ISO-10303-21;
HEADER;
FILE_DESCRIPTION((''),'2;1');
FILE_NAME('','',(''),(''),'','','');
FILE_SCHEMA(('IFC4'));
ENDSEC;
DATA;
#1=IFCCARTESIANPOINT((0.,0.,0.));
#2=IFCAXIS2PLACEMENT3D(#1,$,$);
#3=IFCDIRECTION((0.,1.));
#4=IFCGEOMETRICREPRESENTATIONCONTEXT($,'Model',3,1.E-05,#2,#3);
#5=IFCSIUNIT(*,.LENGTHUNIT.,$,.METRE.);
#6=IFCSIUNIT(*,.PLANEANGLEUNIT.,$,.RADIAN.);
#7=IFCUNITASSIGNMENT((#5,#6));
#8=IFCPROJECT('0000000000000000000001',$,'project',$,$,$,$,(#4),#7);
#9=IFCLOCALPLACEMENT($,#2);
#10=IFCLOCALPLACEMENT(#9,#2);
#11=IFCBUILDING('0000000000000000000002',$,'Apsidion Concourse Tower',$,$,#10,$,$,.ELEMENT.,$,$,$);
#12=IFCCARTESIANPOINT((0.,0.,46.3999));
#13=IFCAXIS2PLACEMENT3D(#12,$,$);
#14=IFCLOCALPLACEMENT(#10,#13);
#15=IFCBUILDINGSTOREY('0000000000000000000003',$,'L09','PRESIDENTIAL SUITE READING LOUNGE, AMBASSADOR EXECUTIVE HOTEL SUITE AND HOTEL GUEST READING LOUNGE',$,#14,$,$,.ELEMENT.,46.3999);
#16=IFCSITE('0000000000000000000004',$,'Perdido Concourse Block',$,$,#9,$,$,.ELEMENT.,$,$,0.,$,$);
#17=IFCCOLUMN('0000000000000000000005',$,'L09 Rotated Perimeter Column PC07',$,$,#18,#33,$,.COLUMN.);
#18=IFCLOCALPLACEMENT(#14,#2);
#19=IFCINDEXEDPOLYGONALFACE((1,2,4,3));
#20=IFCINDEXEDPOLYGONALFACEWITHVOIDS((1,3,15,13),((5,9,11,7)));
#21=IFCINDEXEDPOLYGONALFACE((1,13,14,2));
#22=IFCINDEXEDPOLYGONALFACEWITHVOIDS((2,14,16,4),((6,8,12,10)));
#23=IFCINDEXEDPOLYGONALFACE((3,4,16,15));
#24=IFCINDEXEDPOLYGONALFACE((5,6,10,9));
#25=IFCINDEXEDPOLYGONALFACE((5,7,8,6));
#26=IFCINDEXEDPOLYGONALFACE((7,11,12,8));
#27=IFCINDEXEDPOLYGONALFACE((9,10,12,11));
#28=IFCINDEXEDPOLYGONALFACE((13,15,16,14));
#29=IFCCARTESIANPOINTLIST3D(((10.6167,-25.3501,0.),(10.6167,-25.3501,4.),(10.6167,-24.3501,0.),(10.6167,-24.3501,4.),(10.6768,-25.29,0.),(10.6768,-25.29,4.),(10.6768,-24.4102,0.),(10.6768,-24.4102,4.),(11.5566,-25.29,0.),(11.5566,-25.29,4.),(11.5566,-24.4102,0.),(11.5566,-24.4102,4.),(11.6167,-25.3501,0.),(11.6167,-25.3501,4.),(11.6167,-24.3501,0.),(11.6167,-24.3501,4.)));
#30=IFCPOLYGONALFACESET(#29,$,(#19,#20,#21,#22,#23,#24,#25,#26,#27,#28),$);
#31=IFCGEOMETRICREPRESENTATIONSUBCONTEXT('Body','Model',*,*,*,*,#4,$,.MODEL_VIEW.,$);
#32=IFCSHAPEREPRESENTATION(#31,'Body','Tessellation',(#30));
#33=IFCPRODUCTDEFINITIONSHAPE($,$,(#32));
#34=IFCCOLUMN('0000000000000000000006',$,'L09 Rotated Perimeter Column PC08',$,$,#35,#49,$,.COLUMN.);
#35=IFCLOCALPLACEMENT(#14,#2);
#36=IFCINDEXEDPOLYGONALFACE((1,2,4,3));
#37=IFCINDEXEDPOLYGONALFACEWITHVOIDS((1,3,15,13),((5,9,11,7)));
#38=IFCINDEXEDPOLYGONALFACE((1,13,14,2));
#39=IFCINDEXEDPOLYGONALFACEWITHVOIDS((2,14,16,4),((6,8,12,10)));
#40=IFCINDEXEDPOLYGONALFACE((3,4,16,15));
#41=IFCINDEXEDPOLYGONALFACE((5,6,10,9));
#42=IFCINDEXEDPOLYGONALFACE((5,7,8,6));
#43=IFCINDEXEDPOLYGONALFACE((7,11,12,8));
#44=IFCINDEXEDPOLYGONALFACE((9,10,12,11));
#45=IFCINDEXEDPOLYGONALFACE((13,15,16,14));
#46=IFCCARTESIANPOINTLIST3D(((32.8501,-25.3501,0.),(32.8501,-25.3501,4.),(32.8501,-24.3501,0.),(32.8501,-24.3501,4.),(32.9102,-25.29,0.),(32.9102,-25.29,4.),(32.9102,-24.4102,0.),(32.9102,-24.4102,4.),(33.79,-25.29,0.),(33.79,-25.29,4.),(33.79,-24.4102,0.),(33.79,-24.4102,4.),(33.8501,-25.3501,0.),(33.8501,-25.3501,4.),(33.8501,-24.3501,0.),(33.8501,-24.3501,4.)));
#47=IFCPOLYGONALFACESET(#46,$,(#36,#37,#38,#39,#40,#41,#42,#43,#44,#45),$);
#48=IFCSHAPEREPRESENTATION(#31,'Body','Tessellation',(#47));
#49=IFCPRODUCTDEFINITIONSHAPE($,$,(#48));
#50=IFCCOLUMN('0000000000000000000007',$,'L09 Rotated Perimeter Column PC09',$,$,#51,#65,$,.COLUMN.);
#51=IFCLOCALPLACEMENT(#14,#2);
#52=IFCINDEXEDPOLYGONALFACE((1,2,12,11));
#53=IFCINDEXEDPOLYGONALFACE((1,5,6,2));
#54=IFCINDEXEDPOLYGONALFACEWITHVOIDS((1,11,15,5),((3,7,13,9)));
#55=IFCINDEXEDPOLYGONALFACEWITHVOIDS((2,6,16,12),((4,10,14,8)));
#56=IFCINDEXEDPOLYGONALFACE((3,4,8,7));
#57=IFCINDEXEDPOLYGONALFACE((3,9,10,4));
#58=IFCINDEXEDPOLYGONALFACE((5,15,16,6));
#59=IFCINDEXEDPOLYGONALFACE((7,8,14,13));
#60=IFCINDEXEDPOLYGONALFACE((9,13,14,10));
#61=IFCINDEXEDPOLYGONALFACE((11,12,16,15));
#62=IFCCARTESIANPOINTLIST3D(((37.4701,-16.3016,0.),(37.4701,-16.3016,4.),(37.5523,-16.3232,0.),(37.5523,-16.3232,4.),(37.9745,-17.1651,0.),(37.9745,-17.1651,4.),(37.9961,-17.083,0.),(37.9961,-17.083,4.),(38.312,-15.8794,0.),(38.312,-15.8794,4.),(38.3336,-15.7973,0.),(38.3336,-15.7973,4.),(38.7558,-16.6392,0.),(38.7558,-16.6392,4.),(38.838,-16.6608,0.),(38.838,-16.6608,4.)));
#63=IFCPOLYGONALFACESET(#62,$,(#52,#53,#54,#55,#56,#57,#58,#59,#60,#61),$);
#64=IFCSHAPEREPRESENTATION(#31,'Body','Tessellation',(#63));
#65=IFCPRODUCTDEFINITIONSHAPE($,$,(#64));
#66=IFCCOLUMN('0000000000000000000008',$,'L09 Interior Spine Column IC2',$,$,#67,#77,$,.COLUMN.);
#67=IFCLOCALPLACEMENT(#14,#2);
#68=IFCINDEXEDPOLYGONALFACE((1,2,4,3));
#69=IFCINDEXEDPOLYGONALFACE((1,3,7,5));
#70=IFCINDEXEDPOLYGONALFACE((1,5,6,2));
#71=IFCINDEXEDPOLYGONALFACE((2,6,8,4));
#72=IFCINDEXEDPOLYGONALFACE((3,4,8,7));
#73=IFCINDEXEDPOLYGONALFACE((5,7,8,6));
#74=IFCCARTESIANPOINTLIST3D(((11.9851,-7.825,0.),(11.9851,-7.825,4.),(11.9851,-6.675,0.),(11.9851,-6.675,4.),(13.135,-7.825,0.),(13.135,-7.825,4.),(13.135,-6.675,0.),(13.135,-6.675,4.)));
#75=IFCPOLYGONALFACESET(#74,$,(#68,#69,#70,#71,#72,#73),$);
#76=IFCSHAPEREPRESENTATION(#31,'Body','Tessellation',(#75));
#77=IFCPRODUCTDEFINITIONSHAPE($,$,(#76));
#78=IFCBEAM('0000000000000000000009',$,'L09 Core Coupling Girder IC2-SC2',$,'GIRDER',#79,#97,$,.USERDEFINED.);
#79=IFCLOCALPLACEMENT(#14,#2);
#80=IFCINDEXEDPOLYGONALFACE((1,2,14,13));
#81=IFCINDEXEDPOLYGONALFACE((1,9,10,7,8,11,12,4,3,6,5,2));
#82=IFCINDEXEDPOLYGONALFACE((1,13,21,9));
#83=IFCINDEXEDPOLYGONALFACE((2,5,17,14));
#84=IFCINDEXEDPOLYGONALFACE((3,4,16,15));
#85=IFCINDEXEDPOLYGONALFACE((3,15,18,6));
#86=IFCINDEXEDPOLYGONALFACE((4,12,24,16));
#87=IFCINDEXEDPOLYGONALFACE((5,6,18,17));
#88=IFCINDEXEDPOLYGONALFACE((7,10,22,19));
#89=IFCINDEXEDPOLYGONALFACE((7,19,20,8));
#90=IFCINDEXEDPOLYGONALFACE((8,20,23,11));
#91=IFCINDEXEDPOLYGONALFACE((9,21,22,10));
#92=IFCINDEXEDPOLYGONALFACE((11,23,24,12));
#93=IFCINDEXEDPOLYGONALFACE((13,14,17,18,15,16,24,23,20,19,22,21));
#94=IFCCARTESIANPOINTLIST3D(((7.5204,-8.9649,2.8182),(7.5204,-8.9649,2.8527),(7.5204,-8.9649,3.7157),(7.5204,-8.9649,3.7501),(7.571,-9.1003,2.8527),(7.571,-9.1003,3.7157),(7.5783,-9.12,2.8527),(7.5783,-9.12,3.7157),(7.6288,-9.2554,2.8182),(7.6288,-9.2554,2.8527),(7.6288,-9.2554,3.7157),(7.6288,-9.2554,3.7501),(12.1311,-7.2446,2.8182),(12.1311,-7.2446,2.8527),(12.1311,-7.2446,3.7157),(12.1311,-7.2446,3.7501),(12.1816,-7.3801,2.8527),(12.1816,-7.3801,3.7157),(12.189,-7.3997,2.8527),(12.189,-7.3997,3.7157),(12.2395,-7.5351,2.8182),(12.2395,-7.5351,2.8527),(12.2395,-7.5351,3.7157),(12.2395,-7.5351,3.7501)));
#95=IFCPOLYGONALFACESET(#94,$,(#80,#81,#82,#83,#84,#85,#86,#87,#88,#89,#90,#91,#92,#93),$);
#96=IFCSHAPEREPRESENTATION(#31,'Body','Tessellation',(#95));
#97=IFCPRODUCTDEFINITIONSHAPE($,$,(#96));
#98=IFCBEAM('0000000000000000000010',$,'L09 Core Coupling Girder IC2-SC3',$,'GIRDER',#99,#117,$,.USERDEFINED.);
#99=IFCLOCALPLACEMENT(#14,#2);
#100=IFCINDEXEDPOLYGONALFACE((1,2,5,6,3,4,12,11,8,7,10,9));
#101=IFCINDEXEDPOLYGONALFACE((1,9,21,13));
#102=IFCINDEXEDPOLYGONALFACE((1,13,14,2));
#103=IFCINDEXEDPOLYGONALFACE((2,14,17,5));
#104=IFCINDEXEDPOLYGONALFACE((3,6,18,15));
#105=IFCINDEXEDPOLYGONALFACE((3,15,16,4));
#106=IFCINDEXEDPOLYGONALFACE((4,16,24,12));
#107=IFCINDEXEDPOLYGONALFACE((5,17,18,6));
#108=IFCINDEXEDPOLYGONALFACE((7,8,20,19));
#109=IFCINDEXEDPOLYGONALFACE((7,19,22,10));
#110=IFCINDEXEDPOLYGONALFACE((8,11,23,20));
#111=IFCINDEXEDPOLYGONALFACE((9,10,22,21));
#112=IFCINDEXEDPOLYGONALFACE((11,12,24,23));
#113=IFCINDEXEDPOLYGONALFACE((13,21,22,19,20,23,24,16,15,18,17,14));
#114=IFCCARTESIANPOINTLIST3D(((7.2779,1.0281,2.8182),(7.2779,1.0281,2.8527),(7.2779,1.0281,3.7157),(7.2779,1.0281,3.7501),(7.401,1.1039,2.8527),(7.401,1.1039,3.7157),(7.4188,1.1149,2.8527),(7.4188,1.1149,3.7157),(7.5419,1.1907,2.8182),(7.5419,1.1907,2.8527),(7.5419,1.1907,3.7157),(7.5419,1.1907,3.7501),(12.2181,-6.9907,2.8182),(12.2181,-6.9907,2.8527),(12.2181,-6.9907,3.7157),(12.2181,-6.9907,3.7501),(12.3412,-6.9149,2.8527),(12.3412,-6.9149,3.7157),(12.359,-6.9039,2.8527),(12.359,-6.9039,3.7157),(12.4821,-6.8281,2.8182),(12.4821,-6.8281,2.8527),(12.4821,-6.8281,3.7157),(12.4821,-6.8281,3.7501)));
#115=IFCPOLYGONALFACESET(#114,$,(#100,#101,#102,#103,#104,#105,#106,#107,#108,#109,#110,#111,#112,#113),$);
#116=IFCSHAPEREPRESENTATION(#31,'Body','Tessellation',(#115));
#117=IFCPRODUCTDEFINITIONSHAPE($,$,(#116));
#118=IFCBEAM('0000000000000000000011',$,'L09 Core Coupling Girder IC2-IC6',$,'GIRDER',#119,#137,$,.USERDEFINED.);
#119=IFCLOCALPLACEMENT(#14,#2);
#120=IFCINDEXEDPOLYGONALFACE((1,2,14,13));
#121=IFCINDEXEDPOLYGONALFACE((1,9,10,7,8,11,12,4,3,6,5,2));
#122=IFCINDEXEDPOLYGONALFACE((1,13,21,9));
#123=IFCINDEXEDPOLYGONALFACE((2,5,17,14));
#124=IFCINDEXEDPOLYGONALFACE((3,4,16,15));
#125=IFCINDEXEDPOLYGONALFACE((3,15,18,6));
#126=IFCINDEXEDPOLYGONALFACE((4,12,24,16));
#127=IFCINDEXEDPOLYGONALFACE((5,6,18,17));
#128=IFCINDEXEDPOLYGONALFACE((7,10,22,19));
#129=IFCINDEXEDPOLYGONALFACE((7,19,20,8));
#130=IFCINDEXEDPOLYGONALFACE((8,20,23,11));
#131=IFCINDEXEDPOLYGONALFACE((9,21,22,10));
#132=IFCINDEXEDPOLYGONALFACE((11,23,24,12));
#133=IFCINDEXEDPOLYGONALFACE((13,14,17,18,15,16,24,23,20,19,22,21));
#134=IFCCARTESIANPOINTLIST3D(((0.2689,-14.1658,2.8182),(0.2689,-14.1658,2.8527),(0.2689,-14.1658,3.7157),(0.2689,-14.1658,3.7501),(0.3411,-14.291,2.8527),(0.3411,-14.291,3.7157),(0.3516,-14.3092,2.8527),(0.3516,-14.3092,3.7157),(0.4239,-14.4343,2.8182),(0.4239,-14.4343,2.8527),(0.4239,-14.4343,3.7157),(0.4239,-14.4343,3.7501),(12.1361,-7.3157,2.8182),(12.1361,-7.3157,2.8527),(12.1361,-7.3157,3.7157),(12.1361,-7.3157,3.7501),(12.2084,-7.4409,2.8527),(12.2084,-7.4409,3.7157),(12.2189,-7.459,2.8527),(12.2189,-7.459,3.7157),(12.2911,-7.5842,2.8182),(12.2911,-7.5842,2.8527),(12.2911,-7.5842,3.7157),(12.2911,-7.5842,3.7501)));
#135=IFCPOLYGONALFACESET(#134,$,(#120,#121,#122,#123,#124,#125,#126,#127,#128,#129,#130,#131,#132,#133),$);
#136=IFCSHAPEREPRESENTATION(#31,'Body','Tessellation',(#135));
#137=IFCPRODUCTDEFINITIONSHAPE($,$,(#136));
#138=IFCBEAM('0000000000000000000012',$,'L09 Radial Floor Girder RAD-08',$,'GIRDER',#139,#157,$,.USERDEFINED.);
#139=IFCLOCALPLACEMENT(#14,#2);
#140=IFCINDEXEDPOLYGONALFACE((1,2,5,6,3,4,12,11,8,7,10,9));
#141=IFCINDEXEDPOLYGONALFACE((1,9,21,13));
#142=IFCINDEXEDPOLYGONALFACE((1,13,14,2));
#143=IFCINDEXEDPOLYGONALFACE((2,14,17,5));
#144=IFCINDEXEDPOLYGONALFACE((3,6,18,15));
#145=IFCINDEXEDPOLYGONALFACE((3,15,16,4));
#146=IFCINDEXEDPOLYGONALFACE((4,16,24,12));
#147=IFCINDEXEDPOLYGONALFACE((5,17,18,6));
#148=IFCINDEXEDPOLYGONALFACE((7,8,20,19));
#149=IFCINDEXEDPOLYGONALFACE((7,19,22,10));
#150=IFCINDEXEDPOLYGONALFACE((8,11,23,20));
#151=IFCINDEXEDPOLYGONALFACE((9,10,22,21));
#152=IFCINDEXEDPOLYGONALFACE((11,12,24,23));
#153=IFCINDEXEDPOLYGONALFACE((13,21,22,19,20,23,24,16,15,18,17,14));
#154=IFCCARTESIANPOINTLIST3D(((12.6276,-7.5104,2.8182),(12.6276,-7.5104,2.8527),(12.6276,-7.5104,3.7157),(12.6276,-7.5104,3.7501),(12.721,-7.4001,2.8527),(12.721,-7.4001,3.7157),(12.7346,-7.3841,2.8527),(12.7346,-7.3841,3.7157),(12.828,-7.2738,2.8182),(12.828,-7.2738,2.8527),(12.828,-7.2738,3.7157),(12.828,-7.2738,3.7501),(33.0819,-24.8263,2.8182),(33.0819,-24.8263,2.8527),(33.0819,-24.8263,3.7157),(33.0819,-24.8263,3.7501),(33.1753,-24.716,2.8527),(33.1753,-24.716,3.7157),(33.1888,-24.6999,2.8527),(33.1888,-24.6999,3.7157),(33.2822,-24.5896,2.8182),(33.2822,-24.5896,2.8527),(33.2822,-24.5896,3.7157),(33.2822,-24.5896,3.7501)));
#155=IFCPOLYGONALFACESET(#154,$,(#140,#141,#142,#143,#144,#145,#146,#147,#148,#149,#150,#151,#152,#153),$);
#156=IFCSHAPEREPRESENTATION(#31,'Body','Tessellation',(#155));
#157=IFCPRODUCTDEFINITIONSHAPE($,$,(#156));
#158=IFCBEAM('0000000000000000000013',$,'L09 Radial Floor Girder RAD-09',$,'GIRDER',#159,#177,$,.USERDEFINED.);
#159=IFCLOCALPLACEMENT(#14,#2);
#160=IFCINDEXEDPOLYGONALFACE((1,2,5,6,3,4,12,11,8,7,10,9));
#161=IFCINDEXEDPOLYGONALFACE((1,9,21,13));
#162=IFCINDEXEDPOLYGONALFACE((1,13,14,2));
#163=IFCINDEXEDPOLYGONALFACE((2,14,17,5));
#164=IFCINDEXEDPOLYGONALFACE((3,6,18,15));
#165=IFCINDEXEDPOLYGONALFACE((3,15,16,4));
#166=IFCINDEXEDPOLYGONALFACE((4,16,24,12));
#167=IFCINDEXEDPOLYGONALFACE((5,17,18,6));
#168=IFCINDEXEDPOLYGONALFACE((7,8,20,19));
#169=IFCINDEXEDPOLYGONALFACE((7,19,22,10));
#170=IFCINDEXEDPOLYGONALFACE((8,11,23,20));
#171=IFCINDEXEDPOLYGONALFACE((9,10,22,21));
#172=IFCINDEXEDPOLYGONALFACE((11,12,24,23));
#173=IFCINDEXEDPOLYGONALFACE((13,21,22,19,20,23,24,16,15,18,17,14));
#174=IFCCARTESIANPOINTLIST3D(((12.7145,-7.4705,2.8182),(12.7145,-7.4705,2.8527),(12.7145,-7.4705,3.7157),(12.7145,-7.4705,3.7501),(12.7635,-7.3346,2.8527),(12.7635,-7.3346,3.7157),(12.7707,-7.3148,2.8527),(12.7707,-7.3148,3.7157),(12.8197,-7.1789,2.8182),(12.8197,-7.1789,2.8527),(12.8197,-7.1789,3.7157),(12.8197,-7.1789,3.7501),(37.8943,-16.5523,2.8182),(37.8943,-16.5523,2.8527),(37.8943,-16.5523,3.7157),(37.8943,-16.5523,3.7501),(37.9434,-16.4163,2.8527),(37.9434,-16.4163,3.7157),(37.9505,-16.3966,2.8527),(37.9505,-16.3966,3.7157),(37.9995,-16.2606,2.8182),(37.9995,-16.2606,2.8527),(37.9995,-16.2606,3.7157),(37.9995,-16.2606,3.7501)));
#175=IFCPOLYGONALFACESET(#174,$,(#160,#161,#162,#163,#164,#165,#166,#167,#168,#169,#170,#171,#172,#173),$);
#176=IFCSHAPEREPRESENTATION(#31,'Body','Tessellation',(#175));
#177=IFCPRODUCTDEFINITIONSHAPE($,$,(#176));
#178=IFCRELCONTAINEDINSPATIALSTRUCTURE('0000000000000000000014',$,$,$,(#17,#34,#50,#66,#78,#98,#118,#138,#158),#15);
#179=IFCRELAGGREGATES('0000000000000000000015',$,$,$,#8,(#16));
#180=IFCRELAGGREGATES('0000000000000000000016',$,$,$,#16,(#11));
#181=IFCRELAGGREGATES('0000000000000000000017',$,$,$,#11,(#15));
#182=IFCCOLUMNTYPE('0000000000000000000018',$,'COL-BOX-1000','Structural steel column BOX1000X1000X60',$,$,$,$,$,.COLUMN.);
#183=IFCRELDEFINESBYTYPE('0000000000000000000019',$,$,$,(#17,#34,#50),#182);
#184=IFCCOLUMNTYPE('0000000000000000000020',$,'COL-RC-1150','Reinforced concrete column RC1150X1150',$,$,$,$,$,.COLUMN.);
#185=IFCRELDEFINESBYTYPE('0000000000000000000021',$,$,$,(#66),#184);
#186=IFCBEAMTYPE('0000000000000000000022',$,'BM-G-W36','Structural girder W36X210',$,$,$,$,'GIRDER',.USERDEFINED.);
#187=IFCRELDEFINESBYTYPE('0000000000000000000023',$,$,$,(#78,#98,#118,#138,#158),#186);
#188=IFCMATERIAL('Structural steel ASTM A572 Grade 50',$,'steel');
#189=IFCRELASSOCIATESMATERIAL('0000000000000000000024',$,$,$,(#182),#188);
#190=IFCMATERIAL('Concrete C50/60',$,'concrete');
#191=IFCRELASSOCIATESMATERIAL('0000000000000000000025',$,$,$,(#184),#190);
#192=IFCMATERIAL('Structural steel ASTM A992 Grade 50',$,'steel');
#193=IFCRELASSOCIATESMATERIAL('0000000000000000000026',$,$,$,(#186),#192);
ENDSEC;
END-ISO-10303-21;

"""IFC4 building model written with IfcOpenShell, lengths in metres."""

from ifc_helpers import new_model, si_unit, direction, frame, origin, origin_2d, place, context, subcontext, project, spatial, rectangle, hollow_rectangle, i_section, extrude, material, material_profile, profile_set, type_object, element, save


model = new_model("IFC4")

# Units and contexts
model_context = context("Model", 3, precision=1e-05, world=origin(), true_north=direction((0.0, 1.0)))
body_context = subcontext(model_context, "Body", "Model", "MODEL_VIEW")
ifc_project = project(units=[si_unit("LENGTHUNIT", "METRE"), si_unit("PLANEANGLEUNIT", "RADIAN")], contexts=[model_context])

# Site, building, storey
site_placement = place(None, origin())
site = spatial("IfcSite", under=ifc_project, at=site_placement, Name="Perdido Concourse Block", CompositionType="ELEMENT", RefElevation=0.0)
building_placement = place(site_placement, origin())
building = spatial("IfcBuilding", under=site, at=building_placement, Name="Apsidion Concourse Tower", CompositionType="ELEMENT")
storey_placement = place(building_placement, frame((0.0, 0.0, 46.3999)))
storey = spatial("IfcBuildingStorey", under=building, at=storey_placement, Name="L09", Description="PRESIDENTIAL SUITE READING LOUNGE, AMBASSADOR EXECUTIVE HOTEL SUITE AND HOTEL GUEST READING LOUNGE", CompositionType="ELEMENT", Elevation=46.3999)

# Columns
ifc_material_1 = material(Name="Structural steel ASTM A572 Grade 50", Category="steel")
ifc_material_profile_1 = material_profile(ifc_material_1, hollow_rectangle(XDim=1.0, YDim=1.0, WallThickness=0.0601, at=origin_2d()), Name="BOX1000X1000X60")
ifc_profile_set_1 = profile_set([ifc_material_profile_1], Name="Structural steel ASTM A572 Grade 50")
column_type_1 = type_object("IfcColumnType", Name="COL-BOX-1000", Description="Structural steel column BOX1000X1000X60", PredefinedType="COLUMN", material=ifc_profile_set_1)
for number, where, z_axis, x_axis, name in (
    (1, (11.1167, -24.8501, 0.0), (0.0, 0.0, 1.0), (1.0, 0.0, 0.0), "L09 Rotated Perimeter Column PC07"),
    (2, (33.3501, -24.8501, 0.0), (0.0, 0.0, 1.0), (1.0, 0.0, 0.0), "L09 Rotated Perimeter Column PC08"),
    (3, (38.1541, -16.4812, 0.0), (0.0, 0.0, 1.0), (-0.504377, 0.863484, 0.0), "L09 Rotated Perimeter Column PC09"),
):
    element("IfcColumn", number, at=place(storey_placement, frame(where, z_axis=z_axis, x_axis=x_axis)), inside=storey, type_object=column_type_1, Name=name, PredefinedType="COLUMN", context=body_context, shape_type="SweptSolid", body=[
        extrude(hollow_rectangle(XDim=1.0, YDim=1.0, WallThickness=0.0601, at=origin_2d()), origin(), (0.0, 0.0, 1.0), 4.0),
    ])
ifc_material_2 = material(Name="Concrete C50/60", Category="concrete")
ifc_material_profile_2 = material_profile(ifc_material_2, rectangle(XDim=1.1499, YDim=1.1499, at=origin_2d()), Name="RC 1150x1150")
ifc_profile_set_2 = profile_set([ifc_material_profile_2], Name="Concrete C50/60")
column_type_2 = type_object("IfcColumnType", Name="COL-RC-1150", Description="Reinforced concrete column RC1150X1150", PredefinedType="COLUMN", material=ifc_profile_set_2)
column_placement = place(storey_placement, frame((12.5601, -7.25, 0.0), z_axis=(0.0, 0.0, 1.0), x_axis=(1.0, 0.0, 0.0)))
element("IfcColumn", 4, at=column_placement, inside=storey, type_object=column_type_2, Name="L09 Interior Spine Column IC2", PredefinedType="COLUMN", context=body_context, shape_type="SweptSolid", body=[
    extrude(rectangle(XDim=1.1499, YDim=1.1499, at=origin_2d()), origin(), (0.0, 0.0, 1.0), 4.0),
])

# Beams
ifc_material_3 = material(Name="Structural steel ASTM A992 Grade 50", Category="steel")
ifc_material_profile_3 = material_profile(ifc_material_3, i_section(OverallWidth=0.3101, OverallDepth=0.9319, WebThickness=0.021, FlangeThickness=0.0344, at=origin_2d()), Name="W36X210")
ifc_profile_set_3 = profile_set([ifc_material_profile_3], Name="Structural steel ASTM A992 Grade 50")
beam_type_1 = type_object("IfcBeamType", Name="BM-G-W36", Description="Structural girder W36X210", ElementType="GIRDER", PredefinedType="USERDEFINED", material=ifc_profile_set_3)
beam_1_placement = place(storey_placement, frame((12.1853, -7.3899, 3.2842), z_axis=(-0.936913, -0.349563, 0.0), x_axis=(0.349563, -0.936913, 0.0)))
element("IfcBeam", 5, at=beam_1_placement, inside=storey, type_object=beam_type_1, Name="L09 Core Coupling Girder IC2-SC2", ObjectType="GIRDER", PredefinedType="USERDEFINED", context=body_context, shape_type="SweptSolid", body=[
    extrude(i_section(OverallWidth=0.3101, OverallDepth=0.9319, WebThickness=0.021, FlangeThickness=0.0344, at=origin_2d()), origin(), (0.0, 0.0, 1.0), 4.9211),
])
beam_2_placement = place(storey_placement, frame((12.3501, -6.9094, 3.2842), z_axis=(-0.524524, 0.851396, 0.0), x_axis=(-0.851396, -0.524524, 0.0)))
element("IfcBeam", 6, at=beam_2_placement, inside=storey, type_object=beam_type_1, Name="L09 Core Coupling Girder IC2-SC3", ObjectType="GIRDER", PredefinedType="USERDEFINED", context=body_context, shape_type="SweptSolid", body=[
    extrude(i_section(OverallWidth=0.3101, OverallDepth=0.9319, WebThickness=0.021, FlangeThickness=0.0344, at=origin_2d()), origin(), (0.0, 0.0, 1.0), 9.4185),
])
beam_3_placement = place(storey_placement, frame((12.2136, -7.45, 3.2842), z_axis=(-0.86607, -0.499922, 0.0), x_axis=(0.499922, -0.86607, 0.0)))
element("IfcBeam", 7, at=beam_3_placement, inside=storey, type_object=beam_type_1, Name="L09 Core Coupling Girder IC2-IC6", ObjectType="GIRDER", PredefinedType="USERDEFINED", context=body_context, shape_type="SweptSolid", body=[
    extrude(i_section(OverallWidth=0.3101, OverallDepth=0.9319, WebThickness=0.021, FlangeThickness=0.0344, at=origin_2d()), origin(), (0.0, 0.0, 1.0), 13.7024),
])
beam_4_placement = place(storey_placement, frame((12.7278, -7.3921, 3.2842), z_axis=(0.763232, -0.646125, 0.0), x_axis=(0.646125, 0.763232, 0.0)))
element("IfcBeam", 8, at=beam_4_placement, inside=storey, type_object=beam_type_1, Name="L09 Radial Floor Girder RAD-08", ObjectType="GIRDER", PredefinedType="USERDEFINED", context=body_context, shape_type="SweptSolid", body=[
    extrude(i_section(OverallWidth=0.3101, OverallDepth=0.9319, WebThickness=0.021, FlangeThickness=0.0344, at=origin_2d()), origin(), (0.0, 0.0, 1.0), 26.7996),
])
beam_5_placement = place(storey_placement, frame((12.7671, -7.3247, 3.2842), z_axis=(0.940685, -0.339282, 0.0), x_axis=(0.339282, 0.940685, 0.0)))
element("IfcBeam", 9, at=beam_5_placement, inside=storey, type_object=beam_type_1, Name="L09 Radial Floor Girder RAD-09", ObjectType="GIRDER", PredefinedType="USERDEFINED", context=body_context, shape_type="SweptSolid", body=[
    extrude(i_section(OverallWidth=0.3101, OverallDepth=0.9319, WebThickness=0.021, FlangeThickness=0.0344, at=origin_2d()), origin(), (0.0, 0.0, 1.0), 26.7676),
])

save(model, "model.ifc")
